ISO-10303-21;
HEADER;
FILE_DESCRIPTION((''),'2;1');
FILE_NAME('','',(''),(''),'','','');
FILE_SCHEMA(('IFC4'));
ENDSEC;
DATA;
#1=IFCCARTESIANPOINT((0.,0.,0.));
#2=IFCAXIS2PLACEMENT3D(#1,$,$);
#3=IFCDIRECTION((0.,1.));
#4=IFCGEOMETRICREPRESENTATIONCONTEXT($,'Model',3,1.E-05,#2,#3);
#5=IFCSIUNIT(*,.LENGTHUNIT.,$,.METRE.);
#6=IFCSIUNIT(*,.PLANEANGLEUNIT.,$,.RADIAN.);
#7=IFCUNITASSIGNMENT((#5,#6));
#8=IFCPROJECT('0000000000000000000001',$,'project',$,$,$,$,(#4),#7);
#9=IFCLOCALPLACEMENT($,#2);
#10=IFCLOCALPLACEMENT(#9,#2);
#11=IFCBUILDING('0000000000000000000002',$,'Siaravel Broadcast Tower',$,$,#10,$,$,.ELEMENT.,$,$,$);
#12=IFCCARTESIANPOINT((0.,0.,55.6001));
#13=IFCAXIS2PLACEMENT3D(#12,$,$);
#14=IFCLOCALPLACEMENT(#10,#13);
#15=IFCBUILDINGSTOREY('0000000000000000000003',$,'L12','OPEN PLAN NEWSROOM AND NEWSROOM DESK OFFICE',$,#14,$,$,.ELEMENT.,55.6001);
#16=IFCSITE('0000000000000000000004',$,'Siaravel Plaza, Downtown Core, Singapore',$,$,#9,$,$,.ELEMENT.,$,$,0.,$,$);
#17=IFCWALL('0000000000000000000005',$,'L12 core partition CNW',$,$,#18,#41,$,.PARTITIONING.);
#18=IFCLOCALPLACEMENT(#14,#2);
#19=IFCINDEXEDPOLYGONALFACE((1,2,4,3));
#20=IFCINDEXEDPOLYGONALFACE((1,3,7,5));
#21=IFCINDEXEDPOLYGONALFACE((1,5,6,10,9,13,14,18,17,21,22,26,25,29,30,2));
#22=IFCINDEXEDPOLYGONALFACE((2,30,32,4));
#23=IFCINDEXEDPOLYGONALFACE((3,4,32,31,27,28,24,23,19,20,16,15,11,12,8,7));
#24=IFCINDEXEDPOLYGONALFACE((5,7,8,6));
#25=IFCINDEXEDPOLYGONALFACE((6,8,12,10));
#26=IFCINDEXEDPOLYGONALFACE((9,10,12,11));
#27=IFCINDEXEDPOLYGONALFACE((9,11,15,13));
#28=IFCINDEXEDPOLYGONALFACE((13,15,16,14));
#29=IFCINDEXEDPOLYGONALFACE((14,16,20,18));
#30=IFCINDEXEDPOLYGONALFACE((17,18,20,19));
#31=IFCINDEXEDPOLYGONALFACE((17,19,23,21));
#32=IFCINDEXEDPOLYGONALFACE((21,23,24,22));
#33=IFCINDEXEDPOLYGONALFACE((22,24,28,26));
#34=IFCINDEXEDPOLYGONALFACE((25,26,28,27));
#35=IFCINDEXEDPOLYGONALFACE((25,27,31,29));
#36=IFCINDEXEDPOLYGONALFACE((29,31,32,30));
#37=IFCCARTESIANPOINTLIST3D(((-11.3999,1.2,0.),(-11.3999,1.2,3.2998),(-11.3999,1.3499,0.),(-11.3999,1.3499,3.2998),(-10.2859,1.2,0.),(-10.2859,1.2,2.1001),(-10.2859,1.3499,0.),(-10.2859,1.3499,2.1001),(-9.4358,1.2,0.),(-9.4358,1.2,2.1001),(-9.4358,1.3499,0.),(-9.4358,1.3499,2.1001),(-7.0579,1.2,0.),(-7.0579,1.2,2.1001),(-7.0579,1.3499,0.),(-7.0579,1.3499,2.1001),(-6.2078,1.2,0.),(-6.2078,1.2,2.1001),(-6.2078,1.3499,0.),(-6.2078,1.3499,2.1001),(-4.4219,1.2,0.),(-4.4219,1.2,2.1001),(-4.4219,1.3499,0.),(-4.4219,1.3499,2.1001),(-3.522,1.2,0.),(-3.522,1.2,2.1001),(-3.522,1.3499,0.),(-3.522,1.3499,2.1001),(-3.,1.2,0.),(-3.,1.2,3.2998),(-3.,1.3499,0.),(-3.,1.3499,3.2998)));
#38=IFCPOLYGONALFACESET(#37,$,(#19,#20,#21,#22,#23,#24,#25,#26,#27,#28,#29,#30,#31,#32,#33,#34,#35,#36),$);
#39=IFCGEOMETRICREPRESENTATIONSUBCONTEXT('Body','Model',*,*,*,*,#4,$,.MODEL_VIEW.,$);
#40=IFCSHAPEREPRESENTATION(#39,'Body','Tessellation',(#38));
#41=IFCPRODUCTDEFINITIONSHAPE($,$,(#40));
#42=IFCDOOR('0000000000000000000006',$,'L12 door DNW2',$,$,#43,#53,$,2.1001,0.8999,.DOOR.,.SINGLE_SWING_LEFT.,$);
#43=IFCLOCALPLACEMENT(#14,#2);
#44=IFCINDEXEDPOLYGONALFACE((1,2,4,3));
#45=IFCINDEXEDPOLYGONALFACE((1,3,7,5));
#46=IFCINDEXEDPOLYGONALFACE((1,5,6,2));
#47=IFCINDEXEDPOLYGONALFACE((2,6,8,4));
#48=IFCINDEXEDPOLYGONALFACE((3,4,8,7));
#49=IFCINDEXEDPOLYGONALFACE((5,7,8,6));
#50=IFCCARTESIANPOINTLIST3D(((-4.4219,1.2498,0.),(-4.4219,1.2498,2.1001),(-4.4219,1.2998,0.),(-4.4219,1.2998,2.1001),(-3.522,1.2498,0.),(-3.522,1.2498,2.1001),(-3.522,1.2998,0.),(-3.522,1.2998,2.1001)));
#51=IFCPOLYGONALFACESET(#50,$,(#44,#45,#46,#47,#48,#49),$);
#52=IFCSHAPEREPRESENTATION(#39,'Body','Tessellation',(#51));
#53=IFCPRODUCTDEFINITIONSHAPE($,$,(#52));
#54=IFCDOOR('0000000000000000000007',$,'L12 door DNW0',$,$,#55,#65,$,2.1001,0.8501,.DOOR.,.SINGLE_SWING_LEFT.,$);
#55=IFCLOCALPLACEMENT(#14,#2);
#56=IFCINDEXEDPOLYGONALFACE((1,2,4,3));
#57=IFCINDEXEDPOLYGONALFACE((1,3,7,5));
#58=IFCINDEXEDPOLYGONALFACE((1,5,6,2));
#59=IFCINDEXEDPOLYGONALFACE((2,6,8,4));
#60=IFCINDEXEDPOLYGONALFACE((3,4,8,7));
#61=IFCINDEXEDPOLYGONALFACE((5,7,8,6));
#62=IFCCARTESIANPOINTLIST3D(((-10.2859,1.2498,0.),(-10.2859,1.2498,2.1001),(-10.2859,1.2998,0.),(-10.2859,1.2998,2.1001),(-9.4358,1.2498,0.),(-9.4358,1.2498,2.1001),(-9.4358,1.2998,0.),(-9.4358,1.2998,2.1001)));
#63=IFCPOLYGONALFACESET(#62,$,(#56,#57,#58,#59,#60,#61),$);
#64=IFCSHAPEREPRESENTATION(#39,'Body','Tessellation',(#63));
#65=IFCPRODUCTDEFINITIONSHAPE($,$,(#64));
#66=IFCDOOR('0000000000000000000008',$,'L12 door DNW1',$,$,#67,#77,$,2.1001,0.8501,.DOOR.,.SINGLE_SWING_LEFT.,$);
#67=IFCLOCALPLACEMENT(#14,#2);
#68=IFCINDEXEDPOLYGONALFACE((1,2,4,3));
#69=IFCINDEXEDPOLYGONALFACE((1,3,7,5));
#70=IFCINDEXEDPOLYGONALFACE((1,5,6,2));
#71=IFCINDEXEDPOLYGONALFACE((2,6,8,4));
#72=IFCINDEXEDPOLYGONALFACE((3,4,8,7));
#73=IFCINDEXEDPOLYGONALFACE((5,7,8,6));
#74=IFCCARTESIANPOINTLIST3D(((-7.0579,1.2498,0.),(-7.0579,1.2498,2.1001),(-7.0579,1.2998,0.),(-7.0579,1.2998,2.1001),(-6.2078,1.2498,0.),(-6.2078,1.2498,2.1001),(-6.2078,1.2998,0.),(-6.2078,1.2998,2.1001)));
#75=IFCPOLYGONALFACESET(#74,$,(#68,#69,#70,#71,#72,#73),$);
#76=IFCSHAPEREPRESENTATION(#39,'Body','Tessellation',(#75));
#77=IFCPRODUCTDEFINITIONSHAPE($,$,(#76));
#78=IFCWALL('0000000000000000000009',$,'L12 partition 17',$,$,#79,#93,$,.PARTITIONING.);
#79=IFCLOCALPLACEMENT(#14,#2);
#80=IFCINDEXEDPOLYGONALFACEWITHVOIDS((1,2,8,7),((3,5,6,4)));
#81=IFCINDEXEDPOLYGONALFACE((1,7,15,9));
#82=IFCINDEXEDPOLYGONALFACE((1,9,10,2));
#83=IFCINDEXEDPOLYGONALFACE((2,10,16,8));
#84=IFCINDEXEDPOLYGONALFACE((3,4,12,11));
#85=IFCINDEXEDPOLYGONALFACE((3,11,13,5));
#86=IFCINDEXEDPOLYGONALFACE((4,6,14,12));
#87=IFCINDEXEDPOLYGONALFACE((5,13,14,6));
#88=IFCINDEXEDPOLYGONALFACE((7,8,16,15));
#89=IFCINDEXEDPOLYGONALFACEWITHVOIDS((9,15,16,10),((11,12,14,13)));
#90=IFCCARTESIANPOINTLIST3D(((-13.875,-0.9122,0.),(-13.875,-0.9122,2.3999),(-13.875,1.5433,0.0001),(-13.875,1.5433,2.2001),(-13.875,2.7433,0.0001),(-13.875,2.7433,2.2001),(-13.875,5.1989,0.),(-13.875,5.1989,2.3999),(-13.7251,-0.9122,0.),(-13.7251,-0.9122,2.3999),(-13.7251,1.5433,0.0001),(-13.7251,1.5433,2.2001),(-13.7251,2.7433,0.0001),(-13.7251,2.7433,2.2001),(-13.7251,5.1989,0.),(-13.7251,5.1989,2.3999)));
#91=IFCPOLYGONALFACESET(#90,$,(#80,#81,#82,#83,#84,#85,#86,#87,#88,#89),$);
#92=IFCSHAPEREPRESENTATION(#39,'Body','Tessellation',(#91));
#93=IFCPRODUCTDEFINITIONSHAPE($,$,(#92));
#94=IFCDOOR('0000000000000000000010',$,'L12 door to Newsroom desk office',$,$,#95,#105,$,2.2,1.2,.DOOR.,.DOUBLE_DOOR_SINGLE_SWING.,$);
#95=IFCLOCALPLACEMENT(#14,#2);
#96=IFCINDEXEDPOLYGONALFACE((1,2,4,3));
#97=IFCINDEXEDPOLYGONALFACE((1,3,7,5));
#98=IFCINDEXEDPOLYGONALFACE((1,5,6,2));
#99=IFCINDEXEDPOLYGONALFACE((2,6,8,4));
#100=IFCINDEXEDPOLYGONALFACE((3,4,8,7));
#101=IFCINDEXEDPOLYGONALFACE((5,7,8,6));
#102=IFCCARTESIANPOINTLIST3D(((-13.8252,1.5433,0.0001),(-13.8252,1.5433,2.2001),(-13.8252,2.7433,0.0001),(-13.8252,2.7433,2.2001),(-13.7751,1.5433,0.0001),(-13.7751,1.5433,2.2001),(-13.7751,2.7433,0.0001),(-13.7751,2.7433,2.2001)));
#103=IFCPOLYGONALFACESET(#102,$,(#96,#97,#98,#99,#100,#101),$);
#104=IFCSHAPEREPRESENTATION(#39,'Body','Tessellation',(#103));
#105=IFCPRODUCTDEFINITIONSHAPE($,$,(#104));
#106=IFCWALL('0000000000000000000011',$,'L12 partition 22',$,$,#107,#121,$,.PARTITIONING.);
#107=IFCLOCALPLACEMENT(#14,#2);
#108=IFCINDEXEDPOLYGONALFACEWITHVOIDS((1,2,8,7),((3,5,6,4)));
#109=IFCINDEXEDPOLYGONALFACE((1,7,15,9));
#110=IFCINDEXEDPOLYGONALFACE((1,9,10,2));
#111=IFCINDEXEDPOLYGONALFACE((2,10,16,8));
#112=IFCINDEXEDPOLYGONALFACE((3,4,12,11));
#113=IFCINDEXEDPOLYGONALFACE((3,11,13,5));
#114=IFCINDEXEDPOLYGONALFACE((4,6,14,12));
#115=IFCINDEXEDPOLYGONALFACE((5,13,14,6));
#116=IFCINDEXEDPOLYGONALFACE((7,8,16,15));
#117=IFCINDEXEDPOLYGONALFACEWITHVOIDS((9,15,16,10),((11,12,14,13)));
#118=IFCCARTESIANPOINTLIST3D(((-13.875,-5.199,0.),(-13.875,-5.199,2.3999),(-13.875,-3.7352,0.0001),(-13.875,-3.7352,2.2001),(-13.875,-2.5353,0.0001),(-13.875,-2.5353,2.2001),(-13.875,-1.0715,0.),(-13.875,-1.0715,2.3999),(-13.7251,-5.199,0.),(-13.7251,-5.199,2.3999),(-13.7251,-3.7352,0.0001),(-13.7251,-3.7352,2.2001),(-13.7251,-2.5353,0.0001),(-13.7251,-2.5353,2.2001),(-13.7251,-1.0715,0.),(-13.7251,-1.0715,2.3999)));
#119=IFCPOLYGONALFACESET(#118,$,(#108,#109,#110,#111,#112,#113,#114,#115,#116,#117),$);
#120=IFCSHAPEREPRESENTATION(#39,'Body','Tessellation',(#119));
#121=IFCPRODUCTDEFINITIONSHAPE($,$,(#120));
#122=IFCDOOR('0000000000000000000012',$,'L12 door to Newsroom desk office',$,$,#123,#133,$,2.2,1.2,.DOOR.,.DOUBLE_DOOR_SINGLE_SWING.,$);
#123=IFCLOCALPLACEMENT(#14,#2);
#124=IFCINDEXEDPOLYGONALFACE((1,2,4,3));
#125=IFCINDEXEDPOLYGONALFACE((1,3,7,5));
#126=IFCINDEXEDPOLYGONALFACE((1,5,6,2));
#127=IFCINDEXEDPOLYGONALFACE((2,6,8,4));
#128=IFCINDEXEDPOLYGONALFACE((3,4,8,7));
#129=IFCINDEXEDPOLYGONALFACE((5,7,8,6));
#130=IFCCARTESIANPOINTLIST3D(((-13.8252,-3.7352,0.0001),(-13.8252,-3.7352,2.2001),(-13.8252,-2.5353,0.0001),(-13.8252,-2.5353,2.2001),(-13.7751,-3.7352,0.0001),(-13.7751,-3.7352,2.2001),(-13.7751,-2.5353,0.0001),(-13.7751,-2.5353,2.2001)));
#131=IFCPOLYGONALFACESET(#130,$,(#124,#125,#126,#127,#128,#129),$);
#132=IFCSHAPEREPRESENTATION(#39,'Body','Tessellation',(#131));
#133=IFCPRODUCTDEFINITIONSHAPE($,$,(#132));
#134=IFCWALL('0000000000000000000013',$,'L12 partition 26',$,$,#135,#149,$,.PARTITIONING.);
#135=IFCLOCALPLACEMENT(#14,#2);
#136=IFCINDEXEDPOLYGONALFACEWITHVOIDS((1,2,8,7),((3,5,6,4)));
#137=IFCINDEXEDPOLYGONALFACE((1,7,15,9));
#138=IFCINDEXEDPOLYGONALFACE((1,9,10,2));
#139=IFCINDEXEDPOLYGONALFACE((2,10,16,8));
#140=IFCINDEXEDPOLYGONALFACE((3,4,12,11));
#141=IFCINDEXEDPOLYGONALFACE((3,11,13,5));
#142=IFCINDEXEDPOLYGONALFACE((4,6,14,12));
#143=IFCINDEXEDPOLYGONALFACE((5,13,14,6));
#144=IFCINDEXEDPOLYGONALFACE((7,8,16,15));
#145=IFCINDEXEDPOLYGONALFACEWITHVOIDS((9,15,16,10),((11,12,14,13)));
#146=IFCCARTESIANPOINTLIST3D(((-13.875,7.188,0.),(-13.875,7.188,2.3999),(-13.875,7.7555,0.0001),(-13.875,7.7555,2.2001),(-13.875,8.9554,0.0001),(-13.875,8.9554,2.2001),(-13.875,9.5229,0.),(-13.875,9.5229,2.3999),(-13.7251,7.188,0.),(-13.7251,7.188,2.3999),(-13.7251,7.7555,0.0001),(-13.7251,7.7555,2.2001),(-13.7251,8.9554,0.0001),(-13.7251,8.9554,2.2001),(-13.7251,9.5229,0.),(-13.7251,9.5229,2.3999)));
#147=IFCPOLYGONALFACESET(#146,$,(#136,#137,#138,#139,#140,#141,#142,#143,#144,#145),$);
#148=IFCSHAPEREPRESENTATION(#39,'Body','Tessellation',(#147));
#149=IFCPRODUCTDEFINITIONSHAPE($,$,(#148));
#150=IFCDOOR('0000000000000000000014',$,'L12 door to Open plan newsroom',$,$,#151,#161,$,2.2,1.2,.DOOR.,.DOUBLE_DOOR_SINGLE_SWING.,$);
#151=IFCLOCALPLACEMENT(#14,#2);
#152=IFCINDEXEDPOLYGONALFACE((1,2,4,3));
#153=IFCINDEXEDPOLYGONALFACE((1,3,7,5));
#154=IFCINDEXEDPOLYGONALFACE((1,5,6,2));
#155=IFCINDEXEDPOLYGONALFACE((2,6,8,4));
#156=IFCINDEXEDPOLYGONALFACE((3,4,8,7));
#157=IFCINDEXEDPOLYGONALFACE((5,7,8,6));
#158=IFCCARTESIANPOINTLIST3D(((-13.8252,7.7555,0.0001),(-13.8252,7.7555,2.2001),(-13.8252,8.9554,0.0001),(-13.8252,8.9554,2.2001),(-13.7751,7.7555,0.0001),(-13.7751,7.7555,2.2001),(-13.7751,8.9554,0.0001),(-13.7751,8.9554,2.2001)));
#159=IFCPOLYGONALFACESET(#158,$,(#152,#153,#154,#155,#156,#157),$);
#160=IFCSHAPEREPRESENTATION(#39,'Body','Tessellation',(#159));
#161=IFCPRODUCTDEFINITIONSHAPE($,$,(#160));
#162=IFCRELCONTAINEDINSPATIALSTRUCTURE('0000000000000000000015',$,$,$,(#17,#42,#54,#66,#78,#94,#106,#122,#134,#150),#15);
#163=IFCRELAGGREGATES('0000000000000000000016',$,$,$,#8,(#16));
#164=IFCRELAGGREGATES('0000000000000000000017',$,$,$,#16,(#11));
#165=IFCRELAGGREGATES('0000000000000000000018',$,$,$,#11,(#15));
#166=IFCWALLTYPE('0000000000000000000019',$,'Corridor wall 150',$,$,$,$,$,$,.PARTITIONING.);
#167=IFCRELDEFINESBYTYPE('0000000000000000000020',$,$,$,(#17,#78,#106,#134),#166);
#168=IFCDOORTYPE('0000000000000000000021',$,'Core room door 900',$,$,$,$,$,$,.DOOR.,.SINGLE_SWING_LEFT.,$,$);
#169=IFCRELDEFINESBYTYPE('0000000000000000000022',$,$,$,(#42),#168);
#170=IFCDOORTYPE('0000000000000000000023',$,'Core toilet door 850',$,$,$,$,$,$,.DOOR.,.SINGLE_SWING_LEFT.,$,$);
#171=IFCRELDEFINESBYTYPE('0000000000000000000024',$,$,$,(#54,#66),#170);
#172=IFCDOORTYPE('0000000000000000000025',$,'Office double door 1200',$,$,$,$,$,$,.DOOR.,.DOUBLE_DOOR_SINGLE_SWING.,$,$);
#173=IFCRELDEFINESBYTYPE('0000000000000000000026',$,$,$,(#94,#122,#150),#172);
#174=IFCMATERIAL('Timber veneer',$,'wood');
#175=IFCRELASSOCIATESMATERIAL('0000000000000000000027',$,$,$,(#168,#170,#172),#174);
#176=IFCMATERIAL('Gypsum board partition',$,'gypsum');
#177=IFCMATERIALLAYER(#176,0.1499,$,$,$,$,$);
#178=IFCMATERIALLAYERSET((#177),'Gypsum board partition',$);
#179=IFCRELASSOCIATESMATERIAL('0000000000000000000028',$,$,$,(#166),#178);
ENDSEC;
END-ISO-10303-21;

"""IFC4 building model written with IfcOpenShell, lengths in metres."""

from ifc_helpers import new_model, si_unit, direction, frame, frame_2d, origin, place, context, subcontext, project, spatial, rectangle, extrude, material, layer, layer_set, type_object, element, fill, save


model = new_model("IFC4")

# Units and contexts
model_context = context("Model", 3, precision=1e-05, world=origin(), true_north=direction((0.0, 1.0)))
body_context = subcontext(model_context, "Body", "Model", "MODEL_VIEW")
ifc_project = project(units=[si_unit("LENGTHUNIT", "METRE"), si_unit("PLANEANGLEUNIT", "RADIAN")], contexts=[model_context])

# Site, building, storey
site_placement = place(None, origin())
site = spatial("IfcSite", under=ifc_project, at=site_placement, Name="Siaravel Plaza, Downtown Core, Singapore", CompositionType="ELEMENT", RefElevation=0.0)
building_placement = place(site_placement, origin())
building = spatial("IfcBuilding", under=site, at=building_placement, Name="Siaravel Broadcast Tower", CompositionType="ELEMENT")
storey_placement = place(building_placement, frame((0.0, 0.0, 55.6001)))
storey = spatial("IfcBuildingStorey", under=building, at=storey_placement, Name="L12", Description="OPEN PLAN NEWSROOM AND NEWSROOM DESK OFFICE", CompositionType="ELEMENT", Elevation=55.6001)

# Wall, openings, doors
ifc_material_1 = material(Name="Timber veneer", Category="wood")
door_type_1 = type_object("IfcDoorType", Name="Core room door 900", OperationType="SINGLE_SWING_LEFT", PredefinedType="DOOR", material=ifc_material_1)
ifc_material_2 = material(Name="Gypsum board partition", Category="gypsum")
ifc_layer_1 = layer(ifc_material_2, 0.1499)
ifc_layer_set_1 = layer_set([ifc_layer_1], Name="Gypsum board partition")
wall_type_1 = type_object("IfcWallType", Name="Corridor wall 150", PredefinedType="PARTITIONING", material=ifc_layer_set_1)
wall_1_placement = place(storey_placement, frame((-11.3999, 1.2749, 0.0), z_axis=(0.0, 0.0, 1.0), x_axis=(1.0, 0.0, 0.0)))
wall_1 = element("IfcWall", 1, at=wall_1_placement, inside=storey, type_object=wall_type_1, Name="L12 core partition CNW", PredefinedType="PARTITIONING", context=body_context, shape_type="SweptSolid", body=[
    extrude(rectangle(XDim=8.3999, YDim=0.1499, at=frame_2d((4.2, 0.0))), origin(), (0.0, 0.0, 1.0), 3.2998),
])
opening_1_placement = place(wall_1_placement, frame((1.114, 0.0, 0.0)))
opening_1 = element("IfcOpeningElement", 2, at=opening_1_placement, cuts=wall_1, PredefinedType="OPENING", context=body_context, shape_type="SweptSolid", body=[
    extrude(rectangle(XDim=0.8501, YDim=2.1001, at=frame_2d((0.425, 1.05))), frame((0.0, 0.085, 0.0), z_axis=(0.0, -1.0, 0.0), x_axis=(1.0, 0.0, 0.0)), (0.0, 0.0, 1.0), 0.1699),
])
opening_2_placement = place(wall_1_placement, frame((4.342, 0.0, 0.0)))
opening_2 = element("IfcOpeningElement", 3, at=opening_2_placement, cuts=wall_1, PredefinedType="OPENING", context=body_context, shape_type="SweptSolid", body=[
    extrude(rectangle(XDim=0.8501, YDim=2.1001, at=frame_2d((0.425, 1.05))), frame((0.0, 0.085, 0.0), z_axis=(0.0, -1.0, 0.0), x_axis=(1.0, 0.0, 0.0)), (0.0, 0.0, 1.0), 0.1699),
])
opening_3_placement = place(wall_1_placement, frame((6.978, 0.0, 0.0)))
opening_3 = element("IfcOpeningElement", 4, at=opening_3_placement, cuts=wall_1, PredefinedType="OPENING", context=body_context, shape_type="SweptSolid", body=[
    extrude(rectangle(XDim=0.8999, YDim=2.1001, at=frame_2d((0.45, 1.05))), frame((0.0, 0.085, 0.0), z_axis=(0.0, -1.0, 0.0), x_axis=(1.0, 0.0, 0.0)), (0.0, 0.0, 1.0), 0.1699),
])
door_1_placement = place(opening_3_placement, origin())
door_1 = element("IfcDoor", 5, at=door_1_placement, inside=storey, type_object=door_type_1, Name="L12 door DNW2", OperationType="SINGLE_SWING_LEFT", OverallHeight=2.1001, OverallWidth=0.8999, PredefinedType="DOOR", context=body_context, shape_type="SweptSolid", body=[
    extrude(rectangle(XDim=0.8999, YDim=2.1001, at=frame_2d((0.45, 1.05))), frame((0.0, 0.0249, 0.0), z_axis=(0.0, -1.0, 0.0), x_axis=(1.0, 0.0, 0.0)), (0.0, 0.0, 1.0), 0.05),
])
fill(opening_3, door_1)
door_type_2 = type_object("IfcDoorType", Name="Core toilet door 850", OperationType="SINGLE_SWING_LEFT", PredefinedType="DOOR", material=ifc_material_1)
door_2_placement = place(opening_1_placement, origin())
door_2 = element("IfcDoor", 6, at=door_2_placement, inside=storey, type_object=door_type_2, Name="L12 door DNW0", OperationType="SINGLE_SWING_LEFT", OverallHeight=2.1001, OverallWidth=0.8501, PredefinedType="DOOR", context=body_context, shape_type="SweptSolid", body=[
    extrude(rectangle(XDim=0.8501, YDim=2.1001, at=frame_2d((0.425, 1.05))), frame((0.0, 0.0249, 0.0), z_axis=(0.0, -1.0, 0.0), x_axis=(1.0, 0.0, 0.0)), (0.0, 0.0, 1.0), 0.05),
])
fill(opening_1, door_2)
door_3_placement = place(opening_2_placement, origin())
door_3 = element("IfcDoor", 7, at=door_3_placement, inside=storey, type_object=door_type_2, Name="L12 door DNW1", OperationType="SINGLE_SWING_LEFT", OverallHeight=2.1001, OverallWidth=0.8501, PredefinedType="DOOR", context=body_context, shape_type="SweptSolid", body=[
    extrude(rectangle(XDim=0.8501, YDim=2.1001, at=frame_2d((0.425, 1.05))), frame((0.0, 0.0249, 0.0), z_axis=(0.0, -1.0, 0.0), x_axis=(1.0, 0.0, 0.0)), (0.0, 0.0, 1.0), 0.05),
])
fill(opening_2, door_3)

# Walls, openings, doors
wall_2_placement = place(storey_placement, frame((-13.8, 5.199, 0.0), z_axis=(0.0, 0.0, 1.0), x_axis=(0.0, -1.0, 0.0)))
wall_2 = element("IfcWall", 8, at=wall_2_placement, inside=storey, type_object=wall_type_1, Name="L12 partition 17", PredefinedType="PARTITIONING", context=body_context, shape_type="SweptSolid", body=[
    extrude(rectangle(XDim=6.1111, YDim=0.1499, at=frame_2d((3.0557, 0.0))), origin(), (0.0, 0.0, 1.0), 2.3999),
])
opening_4_placement = place(wall_2_placement, frame((2.4556, 0.0, 0.0)))
opening_4 = element("IfcOpeningElement", 9, at=opening_4_placement, cuts=wall_2, PredefinedType="OPENING", context=body_context, shape_type="SweptSolid", body=[
    extrude(rectangle(XDim=1.2, YDim=2.2, at=frame_2d((0.6001, 1.1001))), frame((0.0, 0.085, 0.0), z_axis=(0.0, -1.0, 0.0), x_axis=(1.0, 0.0, 0.0)), (0.0, 0.0, 1.0), 0.1699),
])
door_type_3 = type_object("IfcDoorType", Name="Office double door 1200", OperationType="DOUBLE_DOOR_SINGLE_SWING", PredefinedType="DOOR", material=ifc_material_1)
door_4_placement = place(opening_4_placement, origin())
door_4 = element("IfcDoor", 10, at=door_4_placement, inside=storey, type_object=door_type_3, Name="L12 door to Newsroom desk office", OperationType="DOUBLE_DOOR_SINGLE_SWING", OverallHeight=2.2, OverallWidth=1.2, PredefinedType="DOOR", context=body_context, shape_type="SweptSolid", body=[
    extrude(rectangle(XDim=1.2, YDim=2.2, at=frame_2d((0.6001, 1.1001))), frame((0.0, 0.0249, 0.0), z_axis=(0.0, -1.0, 0.0), x_axis=(1.0, 0.0, 0.0)), (0.0, 0.0, 1.0), 0.05),
])
fill(opening_4, door_4)
wall_3_placement = place(storey_placement, frame((-13.8, -1.0715, 0.0), z_axis=(0.0, 0.0, 1.0), x_axis=(0.0, -1.0, 0.0)))
wall_3 = element("IfcWall", 11, at=wall_3_placement, inside=storey, type_object=wall_type_1, Name="L12 partition 22", PredefinedType="PARTITIONING", context=body_context, shape_type="SweptSolid", body=[
    extrude(rectangle(XDim=4.1274, YDim=0.1499, at=frame_2d((2.0637, 0.0))), origin(), (0.0, 0.0, 1.0), 2.3999),
])
opening_5_placement = place(wall_3_placement, frame((1.4636, 0.0, 0.0)))
opening_5 = element("IfcOpeningElement", 12, at=opening_5_placement, cuts=wall_3, PredefinedType="OPENING", context=body_context, shape_type="SweptSolid", body=[
    extrude(rectangle(XDim=1.2, YDim=2.2, at=frame_2d((0.6001, 1.1001))), frame((0.0, 0.085, 0.0), z_axis=(0.0, -1.0, 0.0), x_axis=(1.0, 0.0, 0.0)), (0.0, 0.0, 1.0), 0.1699),
])
door_5_placement = place(opening_5_placement, origin())
door_5 = element("IfcDoor", 13, at=door_5_placement, inside=storey, type_object=door_type_3, Name="L12 door to Newsroom desk office", OperationType="DOUBLE_DOOR_SINGLE_SWING", OverallHeight=2.2, OverallWidth=1.2, PredefinedType="DOOR", context=body_context, shape_type="SweptSolid", body=[
    extrude(rectangle(XDim=1.2, YDim=2.2, at=frame_2d((0.6001, 1.1001))), frame((0.0, 0.0249, 0.0), z_axis=(0.0, -1.0, 0.0), x_axis=(1.0, 0.0, 0.0)), (0.0, 0.0, 1.0), 0.05),
])
fill(opening_5, door_5)
wall_4_placement = place(storey_placement, frame((-13.8, 9.5229, 0.0), z_axis=(0.0, 0.0, 1.0), x_axis=(0.0, -1.0, 0.0)))
wall_4 = element("IfcWall", 14, at=wall_4_placement, inside=storey, type_object=wall_type_1, Name="L12 partition 26", PredefinedType="PARTITIONING", context=body_context, shape_type="SweptSolid", body=[
    extrude(rectangle(XDim=2.335, YDim=0.1499, at=frame_2d((1.1675, 0.0))), origin(), (0.0, 0.0, 1.0), 2.3999),
])
opening_6_placement = place(wall_4_placement, frame((0.5674, 0.0, 0.0)))
opening_6 = element("IfcOpeningElement", 15, at=opening_6_placement, cuts=wall_4, PredefinedType="OPENING", context=body_context, shape_type="SweptSolid", body=[
    extrude(rectangle(XDim=1.2, YDim=2.2, at=frame_2d((0.6001, 1.1001))), frame((0.0, 0.085, 0.0), z_axis=(0.0, -1.0, 0.0), x_axis=(1.0, 0.0, 0.0)), (0.0, 0.0, 1.0), 0.1699),
])
door_6_placement = place(opening_6_placement, origin())
door_6 = element("IfcDoor", 16, at=door_6_placement, inside=storey, type_object=door_type_3, Name="L12 door to Open plan newsroom", OperationType="DOUBLE_DOOR_SINGLE_SWING", OverallHeight=2.2, OverallWidth=1.2, PredefinedType="DOOR", context=body_context, shape_type="SweptSolid", body=[
    extrude(rectangle(XDim=1.2, YDim=2.2, at=frame_2d((0.6001, 1.1001))), frame((0.0, 0.0249, 0.0), z_axis=(0.0, -1.0, 0.0), x_axis=(1.0, 0.0, 0.0)), (0.0, 0.0, 1.0), 0.05),
])
fill(opening_6, door_6)

save(model, "model.ifc")
